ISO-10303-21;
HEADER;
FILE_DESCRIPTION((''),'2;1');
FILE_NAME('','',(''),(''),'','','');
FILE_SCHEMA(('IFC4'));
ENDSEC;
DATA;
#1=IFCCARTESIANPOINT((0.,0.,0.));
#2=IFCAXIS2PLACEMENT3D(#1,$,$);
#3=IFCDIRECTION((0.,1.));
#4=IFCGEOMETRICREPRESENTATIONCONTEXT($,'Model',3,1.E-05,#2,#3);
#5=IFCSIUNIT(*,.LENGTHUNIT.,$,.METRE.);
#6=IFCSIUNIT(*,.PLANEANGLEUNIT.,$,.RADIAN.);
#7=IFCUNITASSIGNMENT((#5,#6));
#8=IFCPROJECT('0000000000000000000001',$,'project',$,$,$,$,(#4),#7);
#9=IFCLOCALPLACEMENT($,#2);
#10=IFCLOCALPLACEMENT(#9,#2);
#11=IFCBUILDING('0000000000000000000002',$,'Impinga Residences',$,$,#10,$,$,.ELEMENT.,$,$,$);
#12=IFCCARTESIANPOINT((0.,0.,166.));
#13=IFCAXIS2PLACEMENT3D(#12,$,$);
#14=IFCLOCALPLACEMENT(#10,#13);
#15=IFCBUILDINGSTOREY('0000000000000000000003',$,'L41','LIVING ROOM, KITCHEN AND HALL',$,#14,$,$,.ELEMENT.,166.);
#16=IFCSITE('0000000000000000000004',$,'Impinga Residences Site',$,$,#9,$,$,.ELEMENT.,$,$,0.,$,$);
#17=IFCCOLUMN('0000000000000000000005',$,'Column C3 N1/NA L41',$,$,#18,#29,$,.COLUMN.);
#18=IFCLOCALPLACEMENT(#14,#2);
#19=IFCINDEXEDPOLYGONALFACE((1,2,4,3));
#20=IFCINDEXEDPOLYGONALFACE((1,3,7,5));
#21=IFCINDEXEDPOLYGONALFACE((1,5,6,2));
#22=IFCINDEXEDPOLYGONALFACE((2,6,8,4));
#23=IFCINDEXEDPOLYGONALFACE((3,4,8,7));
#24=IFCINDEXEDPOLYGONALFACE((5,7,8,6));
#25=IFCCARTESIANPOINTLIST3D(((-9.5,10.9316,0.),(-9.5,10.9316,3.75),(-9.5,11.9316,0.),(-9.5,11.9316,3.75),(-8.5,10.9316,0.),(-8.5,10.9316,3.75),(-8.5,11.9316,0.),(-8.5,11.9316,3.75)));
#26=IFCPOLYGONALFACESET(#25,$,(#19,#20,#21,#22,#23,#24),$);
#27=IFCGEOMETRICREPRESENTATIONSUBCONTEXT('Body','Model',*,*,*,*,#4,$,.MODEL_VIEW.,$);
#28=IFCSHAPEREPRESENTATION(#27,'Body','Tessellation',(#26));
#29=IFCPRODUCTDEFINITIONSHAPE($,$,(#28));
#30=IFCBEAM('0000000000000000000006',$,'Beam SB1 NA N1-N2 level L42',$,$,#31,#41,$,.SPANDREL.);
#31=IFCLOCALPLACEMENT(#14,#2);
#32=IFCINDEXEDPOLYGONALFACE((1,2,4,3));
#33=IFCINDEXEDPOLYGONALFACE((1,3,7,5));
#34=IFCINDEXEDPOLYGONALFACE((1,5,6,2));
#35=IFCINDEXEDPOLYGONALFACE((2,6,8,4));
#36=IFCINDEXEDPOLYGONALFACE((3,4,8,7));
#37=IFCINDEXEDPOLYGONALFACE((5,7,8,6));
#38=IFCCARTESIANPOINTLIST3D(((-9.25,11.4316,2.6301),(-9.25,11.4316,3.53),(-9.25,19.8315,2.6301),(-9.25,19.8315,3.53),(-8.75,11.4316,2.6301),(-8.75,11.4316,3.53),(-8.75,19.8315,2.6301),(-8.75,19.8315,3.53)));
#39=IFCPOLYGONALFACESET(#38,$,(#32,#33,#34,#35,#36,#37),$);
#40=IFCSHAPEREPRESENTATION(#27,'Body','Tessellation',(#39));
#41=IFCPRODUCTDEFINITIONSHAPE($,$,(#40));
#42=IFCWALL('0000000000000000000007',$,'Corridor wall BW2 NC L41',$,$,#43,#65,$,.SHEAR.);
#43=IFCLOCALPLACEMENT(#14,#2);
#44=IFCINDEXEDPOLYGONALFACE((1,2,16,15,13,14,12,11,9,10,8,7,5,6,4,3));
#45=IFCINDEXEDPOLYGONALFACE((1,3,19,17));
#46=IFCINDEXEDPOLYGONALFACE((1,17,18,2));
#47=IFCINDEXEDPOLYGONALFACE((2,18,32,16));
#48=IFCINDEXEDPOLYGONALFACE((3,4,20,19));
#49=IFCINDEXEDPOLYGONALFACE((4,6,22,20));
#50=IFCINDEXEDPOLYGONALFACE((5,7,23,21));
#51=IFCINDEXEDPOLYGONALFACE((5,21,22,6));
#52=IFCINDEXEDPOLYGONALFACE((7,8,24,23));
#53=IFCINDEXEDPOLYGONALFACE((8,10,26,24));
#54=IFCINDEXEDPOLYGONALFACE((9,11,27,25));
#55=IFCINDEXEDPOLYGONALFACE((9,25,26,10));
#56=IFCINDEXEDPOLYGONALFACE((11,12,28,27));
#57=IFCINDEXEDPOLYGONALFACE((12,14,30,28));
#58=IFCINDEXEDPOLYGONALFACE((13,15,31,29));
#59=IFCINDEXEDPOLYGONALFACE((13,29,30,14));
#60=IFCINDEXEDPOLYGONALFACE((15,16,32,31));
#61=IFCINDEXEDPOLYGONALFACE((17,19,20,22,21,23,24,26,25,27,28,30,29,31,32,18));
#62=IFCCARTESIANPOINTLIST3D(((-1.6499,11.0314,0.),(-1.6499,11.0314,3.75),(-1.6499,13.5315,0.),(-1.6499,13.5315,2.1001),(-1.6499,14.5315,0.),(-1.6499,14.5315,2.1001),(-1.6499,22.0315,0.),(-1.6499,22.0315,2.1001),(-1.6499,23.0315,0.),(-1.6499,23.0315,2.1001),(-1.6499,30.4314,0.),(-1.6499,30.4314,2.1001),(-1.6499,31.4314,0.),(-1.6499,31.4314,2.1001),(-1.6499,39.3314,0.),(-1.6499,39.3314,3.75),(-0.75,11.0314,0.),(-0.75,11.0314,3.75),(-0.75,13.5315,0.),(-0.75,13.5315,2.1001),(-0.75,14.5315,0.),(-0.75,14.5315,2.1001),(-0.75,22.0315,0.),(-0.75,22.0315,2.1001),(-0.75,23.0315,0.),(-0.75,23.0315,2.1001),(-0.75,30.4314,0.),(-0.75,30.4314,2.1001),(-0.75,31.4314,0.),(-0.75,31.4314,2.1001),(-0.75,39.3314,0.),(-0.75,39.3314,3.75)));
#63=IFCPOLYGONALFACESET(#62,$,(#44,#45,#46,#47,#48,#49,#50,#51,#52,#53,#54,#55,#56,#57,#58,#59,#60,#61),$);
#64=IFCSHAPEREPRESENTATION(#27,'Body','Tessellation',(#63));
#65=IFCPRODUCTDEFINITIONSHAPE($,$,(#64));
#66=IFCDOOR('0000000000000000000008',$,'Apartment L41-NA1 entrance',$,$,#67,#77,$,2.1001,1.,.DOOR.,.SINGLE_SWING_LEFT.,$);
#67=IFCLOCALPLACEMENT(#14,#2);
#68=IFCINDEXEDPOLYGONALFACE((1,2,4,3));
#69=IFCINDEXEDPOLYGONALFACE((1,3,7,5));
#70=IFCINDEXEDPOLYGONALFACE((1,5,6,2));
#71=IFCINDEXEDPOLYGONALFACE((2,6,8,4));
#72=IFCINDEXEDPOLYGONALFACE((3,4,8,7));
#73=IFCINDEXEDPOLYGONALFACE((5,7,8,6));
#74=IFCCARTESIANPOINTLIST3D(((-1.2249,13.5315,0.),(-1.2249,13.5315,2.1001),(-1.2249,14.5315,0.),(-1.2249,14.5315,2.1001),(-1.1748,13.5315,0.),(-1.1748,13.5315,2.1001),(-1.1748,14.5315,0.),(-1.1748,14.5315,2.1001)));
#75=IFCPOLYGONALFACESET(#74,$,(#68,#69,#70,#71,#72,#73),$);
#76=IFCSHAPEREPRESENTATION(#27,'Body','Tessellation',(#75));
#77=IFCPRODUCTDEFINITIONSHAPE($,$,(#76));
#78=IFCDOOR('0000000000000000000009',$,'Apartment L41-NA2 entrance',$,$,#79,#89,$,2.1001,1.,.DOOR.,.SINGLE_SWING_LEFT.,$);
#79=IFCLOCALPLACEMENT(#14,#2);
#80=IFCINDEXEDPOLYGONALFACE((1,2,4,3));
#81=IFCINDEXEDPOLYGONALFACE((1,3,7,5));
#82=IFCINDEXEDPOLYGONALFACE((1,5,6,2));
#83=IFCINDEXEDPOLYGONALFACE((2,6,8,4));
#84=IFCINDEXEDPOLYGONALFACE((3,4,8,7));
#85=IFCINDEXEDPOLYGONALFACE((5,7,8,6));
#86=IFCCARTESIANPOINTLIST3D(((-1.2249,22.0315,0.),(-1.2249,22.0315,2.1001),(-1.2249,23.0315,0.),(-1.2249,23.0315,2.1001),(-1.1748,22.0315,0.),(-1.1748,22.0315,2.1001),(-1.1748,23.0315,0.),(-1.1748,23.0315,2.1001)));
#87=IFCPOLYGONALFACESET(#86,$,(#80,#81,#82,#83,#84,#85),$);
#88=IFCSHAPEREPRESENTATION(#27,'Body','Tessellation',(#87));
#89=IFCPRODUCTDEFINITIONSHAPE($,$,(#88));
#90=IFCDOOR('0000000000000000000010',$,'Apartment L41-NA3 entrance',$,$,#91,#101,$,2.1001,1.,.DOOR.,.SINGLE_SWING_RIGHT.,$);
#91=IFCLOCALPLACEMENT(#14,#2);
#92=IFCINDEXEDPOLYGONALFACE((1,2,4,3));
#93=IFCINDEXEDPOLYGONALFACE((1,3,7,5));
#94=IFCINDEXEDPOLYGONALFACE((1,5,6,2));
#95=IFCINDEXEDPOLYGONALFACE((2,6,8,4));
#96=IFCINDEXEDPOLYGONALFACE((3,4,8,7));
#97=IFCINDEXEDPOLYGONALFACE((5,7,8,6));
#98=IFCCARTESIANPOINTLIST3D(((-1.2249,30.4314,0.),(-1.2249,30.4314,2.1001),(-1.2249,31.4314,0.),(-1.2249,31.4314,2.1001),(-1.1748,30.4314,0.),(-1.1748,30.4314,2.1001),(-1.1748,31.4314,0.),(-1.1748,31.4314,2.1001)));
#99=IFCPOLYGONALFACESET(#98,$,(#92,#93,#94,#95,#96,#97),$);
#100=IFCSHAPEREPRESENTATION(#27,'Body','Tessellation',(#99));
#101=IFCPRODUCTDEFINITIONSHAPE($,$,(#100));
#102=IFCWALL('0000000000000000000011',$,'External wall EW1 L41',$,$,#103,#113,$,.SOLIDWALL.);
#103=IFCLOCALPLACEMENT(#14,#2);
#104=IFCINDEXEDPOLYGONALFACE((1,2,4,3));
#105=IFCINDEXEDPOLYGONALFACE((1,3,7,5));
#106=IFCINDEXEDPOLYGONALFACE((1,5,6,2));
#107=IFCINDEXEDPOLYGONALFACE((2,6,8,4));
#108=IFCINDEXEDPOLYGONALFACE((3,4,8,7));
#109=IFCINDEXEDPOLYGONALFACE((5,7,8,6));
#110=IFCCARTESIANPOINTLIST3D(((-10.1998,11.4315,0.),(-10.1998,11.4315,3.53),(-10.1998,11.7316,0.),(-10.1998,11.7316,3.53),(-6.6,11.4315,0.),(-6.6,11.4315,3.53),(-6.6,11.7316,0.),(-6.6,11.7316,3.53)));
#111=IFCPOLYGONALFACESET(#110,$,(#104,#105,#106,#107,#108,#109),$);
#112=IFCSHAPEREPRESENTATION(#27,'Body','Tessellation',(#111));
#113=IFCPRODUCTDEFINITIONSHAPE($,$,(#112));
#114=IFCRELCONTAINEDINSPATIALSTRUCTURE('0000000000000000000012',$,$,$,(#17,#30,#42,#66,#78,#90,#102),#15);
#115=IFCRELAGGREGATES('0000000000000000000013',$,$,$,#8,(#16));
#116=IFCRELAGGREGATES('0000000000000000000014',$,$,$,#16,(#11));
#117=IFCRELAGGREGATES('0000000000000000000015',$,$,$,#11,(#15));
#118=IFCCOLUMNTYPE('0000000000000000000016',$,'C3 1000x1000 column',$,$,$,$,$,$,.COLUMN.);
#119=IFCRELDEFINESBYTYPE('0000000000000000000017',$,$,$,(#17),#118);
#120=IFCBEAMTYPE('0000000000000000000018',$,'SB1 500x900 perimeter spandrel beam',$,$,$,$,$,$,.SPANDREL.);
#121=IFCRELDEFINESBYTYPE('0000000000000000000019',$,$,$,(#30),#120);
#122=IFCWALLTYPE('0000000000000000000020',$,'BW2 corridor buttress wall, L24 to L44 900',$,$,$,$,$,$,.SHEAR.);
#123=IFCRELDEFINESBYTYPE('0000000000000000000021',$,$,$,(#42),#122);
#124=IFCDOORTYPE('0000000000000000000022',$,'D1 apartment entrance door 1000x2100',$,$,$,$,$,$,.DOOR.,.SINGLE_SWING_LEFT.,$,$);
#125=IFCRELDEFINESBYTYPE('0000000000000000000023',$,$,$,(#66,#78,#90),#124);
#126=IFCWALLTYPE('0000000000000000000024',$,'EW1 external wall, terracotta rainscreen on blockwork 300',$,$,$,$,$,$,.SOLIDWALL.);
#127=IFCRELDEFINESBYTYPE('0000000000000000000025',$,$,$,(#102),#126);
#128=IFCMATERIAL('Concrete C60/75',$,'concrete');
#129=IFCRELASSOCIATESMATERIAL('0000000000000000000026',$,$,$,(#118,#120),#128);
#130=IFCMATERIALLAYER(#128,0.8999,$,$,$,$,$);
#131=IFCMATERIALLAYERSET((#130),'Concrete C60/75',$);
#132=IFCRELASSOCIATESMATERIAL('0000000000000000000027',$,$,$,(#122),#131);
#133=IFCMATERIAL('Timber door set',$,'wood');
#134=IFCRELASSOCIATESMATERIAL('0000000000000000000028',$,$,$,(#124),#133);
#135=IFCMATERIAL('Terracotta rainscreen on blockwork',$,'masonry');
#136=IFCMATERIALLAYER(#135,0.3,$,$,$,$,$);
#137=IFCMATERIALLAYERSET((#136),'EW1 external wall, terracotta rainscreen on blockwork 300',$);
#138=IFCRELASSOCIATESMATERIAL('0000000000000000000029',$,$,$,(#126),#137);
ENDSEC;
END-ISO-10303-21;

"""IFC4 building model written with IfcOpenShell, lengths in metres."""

from ifc_helpers import new_model, si_unit, direction, frame, frame_2d, origin, origin_2d, place, context, subcontext, project, spatial, rectangle, extrude, material, layer, layer_set, material_profile, profile_set, type_object, element, fill, save


model = new_model("IFC4")

# Units and contexts
model_context = context("Model", 3, precision=1e-05, world=origin(), true_north=direction((0.0, 1.0)))
body_context = subcontext(model_context, "Body", "Model", "MODEL_VIEW")
ifc_project = project(units=[si_unit("LENGTHUNIT", "METRE"), si_unit("PLANEANGLEUNIT", "RADIAN")], contexts=[model_context])

# Site, building, storey
site_placement = place(None, origin())
site = spatial("IfcSite", under=ifc_project, at=site_placement, Name="Impinga Residences Site", CompositionType="ELEMENT", RefElevation=0.0)
building_placement = place(site_placement, origin())
building = spatial("IfcBuilding", under=site, at=building_placement, Name="Impinga Residences", CompositionType="ELEMENT")
storey_placement = place(building_placement, frame((0.0, 0.0, 166.0)))
storey = spatial("IfcBuildingStorey", under=building, at=storey_placement, Name="L41", Description="LIVING ROOM, KITCHEN AND HALL", CompositionType="ELEMENT", Elevation=166.0)

# Column
ifc_material_1 = material(Name="Concrete C60/75", Category="concrete")
ifc_material_profile_1 = material_profile(ifc_material_1, rectangle(XDim=1.0, YDim=1.0, at=origin_2d()), Name="RC 1000x1000")
ifc_profile_set_1 = profile_set([ifc_material_profile_1], Name="Concrete C60/75")
column_type = type_object("IfcColumnType", Name="C3 1000x1000 column", PredefinedType="COLUMN", material=ifc_profile_set_1)
column_placement = place(storey_placement, frame((-9.0, 11.4316, 0.0), z_axis=(0.0, 0.0, 1.0), x_axis=(1.0, 0.0, 0.0)))
element("IfcColumn", 1, at=column_placement, inside=storey, type_object=column_type, Name="Column C3 N1/NA L41", PredefinedType="COLUMN", context=body_context, shape_type="SweptSolid", body=[
    extrude(rectangle(XDim=1.0, YDim=1.0, at=origin_2d()), origin(), (0.0, 0.0, 1.0), 3.75),
])

# Beam
ifc_material_profile_2 = material_profile(ifc_material_1, rectangle(XDim=0.5, YDim=0.8999, at=origin_2d()), Name="RC 500x900")
ifc_profile_set_2 = profile_set([ifc_material_profile_2], Name="Concrete C60/75")
beam_type = type_object("IfcBeamType", Name="SB1 500x900 perimeter spandrel beam", PredefinedType="SPANDREL", material=ifc_profile_set_2)
beam_placement = place(storey_placement, frame((-9.0, 11.4316, 3.0801), z_axis=(0.0, 1.0, 0.0), x_axis=(-1.0, 0.0, 0.0)))
element("IfcBeam", 2, at=beam_placement, inside=storey, type_object=beam_type, Name="Beam SB1 NA N1-N2 level L42", PredefinedType="SPANDREL", context=body_context, shape_type="SweptSolid", body=[
    extrude(rectangle(XDim=0.5, YDim=0.8999, at=origin_2d()), origin(), (0.0, 0.0, 1.0), 8.3999),
])

# Wall, openings, doors
ifc_layer_1 = layer(ifc_material_1, 0.8999)
ifc_layer_set_1 = layer_set([ifc_layer_1], Name="Concrete C60/75")
wall_type_1 = type_object("IfcWallType", Name="BW2 corridor buttress wall, L24 to L44 900", PredefinedType="SHEAR", material=ifc_layer_set_1)
wall_1_placement = place(storey_placement, frame((-1.2, 11.0315, 0.0), z_axis=(0.0, 0.0, 1.0), x_axis=(0.0, 1.0, 0.0)))
wall_1 = element("IfcWall", 3, at=wall_1_placement, inside=storey, type_object=wall_type_1, Name="Corridor wall BW2 NC L41", PredefinedType="SHEAR", context=body_context, shape_type="SweptSolid", body=[
    extrude(rectangle(XDim=28.3, YDim=0.8999, at=frame_2d((14.1499, 0.0))), origin(), (0.0, 0.0, 1.0), 3.75),
])
opening_1_placement = place(wall_1_placement, frame((2.5, 0.0, 0.0)))
opening_1 = element("IfcOpeningElement", 4, at=opening_1_placement, cuts=wall_1, PredefinedType="OPENING", context=body_context, shape_type="SweptSolid", body=[
    extrude(rectangle(XDim=1.0, YDim=2.1001, at=frame_2d((0.5, 1.05))), frame((0.0, 0.46, 0.0), z_axis=(0.0, -1.0, 0.0), x_axis=(1.0, 0.0, 0.0)), (0.0, 0.0, 1.0), 0.9199),
])
opening_2_placement = place(wall_1_placement, frame((11.0, 0.0, 0.0)))
opening_2 = element("IfcOpeningElement", 5, at=opening_2_placement, cuts=wall_1, PredefinedType="OPENING", context=body_context, shape_type="SweptSolid", body=[
    extrude(rectangle(XDim=1.0, YDim=2.1001, at=frame_2d((0.5, 1.05))), frame((0.0, 0.46, 0.0), z_axis=(0.0, -1.0, 0.0), x_axis=(1.0, 0.0, 0.0)), (0.0, 0.0, 1.0), 0.9199),
])
opening_3_placement = place(wall_1_placement, frame((19.3999, 0.0, 0.0)))
opening_3 = element("IfcOpeningElement", 6, at=opening_3_placement, cuts=wall_1, PredefinedType="OPENING", context=body_context, shape_type="SweptSolid", body=[
    extrude(rectangle(XDim=1.0, YDim=2.1001, at=frame_2d((0.5, 1.05))), frame((0.0, 0.46, 0.0), z_axis=(0.0, -1.0, 0.0), x_axis=(1.0, 0.0, 0.0)), (0.0, 0.0, 1.0), 0.9199),
])
ifc_material_2 = material(Name="Timber door set", Category="wood")
door_type_1 = type_object("IfcDoorType", Name="D1 apartment entrance door 1000x2100", OperationType="SINGLE_SWING_LEFT", PredefinedType="DOOR", material=ifc_material_2)
door_1_placement = place(opening_1_placement, origin())
door_1 = element("IfcDoor", 7, at=door_1_placement, inside=storey, type_object=door_type_1, Name="Apartment L41-NA1 entrance", OperationType="SINGLE_SWING_LEFT", OverallHeight=2.1001, OverallWidth=1.0, PredefinedType="DOOR", context=body_context, shape_type="SweptSolid", body=[
    extrude(rectangle(XDim=1.0, YDim=2.1001, at=frame_2d((0.5, 1.05))), frame((0.0, 0.0249, 0.0), z_axis=(0.0, -1.0, 0.0), x_axis=(1.0, 0.0, 0.0)), (0.0, 0.0, 1.0), 0.05),
])
fill(opening_1, door_1)
door_2_placement = place(opening_2_placement, origin())
door_2 = element("IfcDoor", 8, at=door_2_placement, inside=storey, type_object=door_type_1, Name="Apartment L41-NA2 entrance", OperationType="SINGLE_SWING_LEFT", OverallHeight=2.1001, OverallWidth=1.0, PredefinedType="DOOR", context=body_context, shape_type="SweptSolid", body=[
    extrude(rectangle(XDim=1.0, YDim=2.1001, at=frame_2d((0.5, 1.05))), frame((0.0, 0.0249, 0.0), z_axis=(0.0, -1.0, 0.0), x_axis=(1.0, 0.0, 0.0)), (0.0, 0.0, 1.0), 0.05),
])
fill(opening_2, door_2)
door_3_placement = place(opening_3_placement, origin())
door_3 = element("IfcDoor", 9, at=door_3_placement, inside=storey, type_object=door_type_1, Name="Apartment L41-NA3 entrance", OperationType="SINGLE_SWING_RIGHT", OverallHeight=2.1001, OverallWidth=1.0, PredefinedType="DOOR", context=body_context, shape_type="SweptSolid", body=[
    extrude(rectangle(XDim=1.0, YDim=2.1001, at=frame_2d((0.5, 1.05))), frame((0.0, 0.0249, 0.0), z_axis=(0.0, -1.0, 0.0), x_axis=(1.0, 0.0, 0.0)), (0.0, 0.0, 1.0), 0.05),
])
fill(opening_3, door_3)

# Wall
ifc_material_3 = material(Name="Terracotta rainscreen on blockwork", Category="masonry")
ifc_layer_2 = layer(ifc_material_3, 0.3)
ifc_layer_set_2 = layer_set([ifc_layer_2], Name="EW1 external wall, terracotta rainscreen on blockwork 300")
wall_type_2 = type_object("IfcWallType", Name="EW1 external wall, terracotta rainscreen on blockwork 300", PredefinedType="SOLIDWALL", material=ifc_layer_set_2)
wall_2_placement = place(storey_placement, frame((-6.6001, 11.5815, 0.0), z_axis=(0.0, 0.0, 1.0), x_axis=(-1.0, 0.0, 0.0)))
element("IfcWall", 10, at=wall_2_placement, inside=storey, type_object=wall_type_2, Name="External wall EW1 L41", PredefinedType="SOLIDWALL", context=body_context, shape_type="SweptSolid", body=[
    extrude(rectangle(XDim=3.5999, YDim=0.3, at=frame_2d((1.7998, 0.0))), origin(), (0.0, 0.0, 1.0), 3.53),
])

save(model, "model.ifc")
